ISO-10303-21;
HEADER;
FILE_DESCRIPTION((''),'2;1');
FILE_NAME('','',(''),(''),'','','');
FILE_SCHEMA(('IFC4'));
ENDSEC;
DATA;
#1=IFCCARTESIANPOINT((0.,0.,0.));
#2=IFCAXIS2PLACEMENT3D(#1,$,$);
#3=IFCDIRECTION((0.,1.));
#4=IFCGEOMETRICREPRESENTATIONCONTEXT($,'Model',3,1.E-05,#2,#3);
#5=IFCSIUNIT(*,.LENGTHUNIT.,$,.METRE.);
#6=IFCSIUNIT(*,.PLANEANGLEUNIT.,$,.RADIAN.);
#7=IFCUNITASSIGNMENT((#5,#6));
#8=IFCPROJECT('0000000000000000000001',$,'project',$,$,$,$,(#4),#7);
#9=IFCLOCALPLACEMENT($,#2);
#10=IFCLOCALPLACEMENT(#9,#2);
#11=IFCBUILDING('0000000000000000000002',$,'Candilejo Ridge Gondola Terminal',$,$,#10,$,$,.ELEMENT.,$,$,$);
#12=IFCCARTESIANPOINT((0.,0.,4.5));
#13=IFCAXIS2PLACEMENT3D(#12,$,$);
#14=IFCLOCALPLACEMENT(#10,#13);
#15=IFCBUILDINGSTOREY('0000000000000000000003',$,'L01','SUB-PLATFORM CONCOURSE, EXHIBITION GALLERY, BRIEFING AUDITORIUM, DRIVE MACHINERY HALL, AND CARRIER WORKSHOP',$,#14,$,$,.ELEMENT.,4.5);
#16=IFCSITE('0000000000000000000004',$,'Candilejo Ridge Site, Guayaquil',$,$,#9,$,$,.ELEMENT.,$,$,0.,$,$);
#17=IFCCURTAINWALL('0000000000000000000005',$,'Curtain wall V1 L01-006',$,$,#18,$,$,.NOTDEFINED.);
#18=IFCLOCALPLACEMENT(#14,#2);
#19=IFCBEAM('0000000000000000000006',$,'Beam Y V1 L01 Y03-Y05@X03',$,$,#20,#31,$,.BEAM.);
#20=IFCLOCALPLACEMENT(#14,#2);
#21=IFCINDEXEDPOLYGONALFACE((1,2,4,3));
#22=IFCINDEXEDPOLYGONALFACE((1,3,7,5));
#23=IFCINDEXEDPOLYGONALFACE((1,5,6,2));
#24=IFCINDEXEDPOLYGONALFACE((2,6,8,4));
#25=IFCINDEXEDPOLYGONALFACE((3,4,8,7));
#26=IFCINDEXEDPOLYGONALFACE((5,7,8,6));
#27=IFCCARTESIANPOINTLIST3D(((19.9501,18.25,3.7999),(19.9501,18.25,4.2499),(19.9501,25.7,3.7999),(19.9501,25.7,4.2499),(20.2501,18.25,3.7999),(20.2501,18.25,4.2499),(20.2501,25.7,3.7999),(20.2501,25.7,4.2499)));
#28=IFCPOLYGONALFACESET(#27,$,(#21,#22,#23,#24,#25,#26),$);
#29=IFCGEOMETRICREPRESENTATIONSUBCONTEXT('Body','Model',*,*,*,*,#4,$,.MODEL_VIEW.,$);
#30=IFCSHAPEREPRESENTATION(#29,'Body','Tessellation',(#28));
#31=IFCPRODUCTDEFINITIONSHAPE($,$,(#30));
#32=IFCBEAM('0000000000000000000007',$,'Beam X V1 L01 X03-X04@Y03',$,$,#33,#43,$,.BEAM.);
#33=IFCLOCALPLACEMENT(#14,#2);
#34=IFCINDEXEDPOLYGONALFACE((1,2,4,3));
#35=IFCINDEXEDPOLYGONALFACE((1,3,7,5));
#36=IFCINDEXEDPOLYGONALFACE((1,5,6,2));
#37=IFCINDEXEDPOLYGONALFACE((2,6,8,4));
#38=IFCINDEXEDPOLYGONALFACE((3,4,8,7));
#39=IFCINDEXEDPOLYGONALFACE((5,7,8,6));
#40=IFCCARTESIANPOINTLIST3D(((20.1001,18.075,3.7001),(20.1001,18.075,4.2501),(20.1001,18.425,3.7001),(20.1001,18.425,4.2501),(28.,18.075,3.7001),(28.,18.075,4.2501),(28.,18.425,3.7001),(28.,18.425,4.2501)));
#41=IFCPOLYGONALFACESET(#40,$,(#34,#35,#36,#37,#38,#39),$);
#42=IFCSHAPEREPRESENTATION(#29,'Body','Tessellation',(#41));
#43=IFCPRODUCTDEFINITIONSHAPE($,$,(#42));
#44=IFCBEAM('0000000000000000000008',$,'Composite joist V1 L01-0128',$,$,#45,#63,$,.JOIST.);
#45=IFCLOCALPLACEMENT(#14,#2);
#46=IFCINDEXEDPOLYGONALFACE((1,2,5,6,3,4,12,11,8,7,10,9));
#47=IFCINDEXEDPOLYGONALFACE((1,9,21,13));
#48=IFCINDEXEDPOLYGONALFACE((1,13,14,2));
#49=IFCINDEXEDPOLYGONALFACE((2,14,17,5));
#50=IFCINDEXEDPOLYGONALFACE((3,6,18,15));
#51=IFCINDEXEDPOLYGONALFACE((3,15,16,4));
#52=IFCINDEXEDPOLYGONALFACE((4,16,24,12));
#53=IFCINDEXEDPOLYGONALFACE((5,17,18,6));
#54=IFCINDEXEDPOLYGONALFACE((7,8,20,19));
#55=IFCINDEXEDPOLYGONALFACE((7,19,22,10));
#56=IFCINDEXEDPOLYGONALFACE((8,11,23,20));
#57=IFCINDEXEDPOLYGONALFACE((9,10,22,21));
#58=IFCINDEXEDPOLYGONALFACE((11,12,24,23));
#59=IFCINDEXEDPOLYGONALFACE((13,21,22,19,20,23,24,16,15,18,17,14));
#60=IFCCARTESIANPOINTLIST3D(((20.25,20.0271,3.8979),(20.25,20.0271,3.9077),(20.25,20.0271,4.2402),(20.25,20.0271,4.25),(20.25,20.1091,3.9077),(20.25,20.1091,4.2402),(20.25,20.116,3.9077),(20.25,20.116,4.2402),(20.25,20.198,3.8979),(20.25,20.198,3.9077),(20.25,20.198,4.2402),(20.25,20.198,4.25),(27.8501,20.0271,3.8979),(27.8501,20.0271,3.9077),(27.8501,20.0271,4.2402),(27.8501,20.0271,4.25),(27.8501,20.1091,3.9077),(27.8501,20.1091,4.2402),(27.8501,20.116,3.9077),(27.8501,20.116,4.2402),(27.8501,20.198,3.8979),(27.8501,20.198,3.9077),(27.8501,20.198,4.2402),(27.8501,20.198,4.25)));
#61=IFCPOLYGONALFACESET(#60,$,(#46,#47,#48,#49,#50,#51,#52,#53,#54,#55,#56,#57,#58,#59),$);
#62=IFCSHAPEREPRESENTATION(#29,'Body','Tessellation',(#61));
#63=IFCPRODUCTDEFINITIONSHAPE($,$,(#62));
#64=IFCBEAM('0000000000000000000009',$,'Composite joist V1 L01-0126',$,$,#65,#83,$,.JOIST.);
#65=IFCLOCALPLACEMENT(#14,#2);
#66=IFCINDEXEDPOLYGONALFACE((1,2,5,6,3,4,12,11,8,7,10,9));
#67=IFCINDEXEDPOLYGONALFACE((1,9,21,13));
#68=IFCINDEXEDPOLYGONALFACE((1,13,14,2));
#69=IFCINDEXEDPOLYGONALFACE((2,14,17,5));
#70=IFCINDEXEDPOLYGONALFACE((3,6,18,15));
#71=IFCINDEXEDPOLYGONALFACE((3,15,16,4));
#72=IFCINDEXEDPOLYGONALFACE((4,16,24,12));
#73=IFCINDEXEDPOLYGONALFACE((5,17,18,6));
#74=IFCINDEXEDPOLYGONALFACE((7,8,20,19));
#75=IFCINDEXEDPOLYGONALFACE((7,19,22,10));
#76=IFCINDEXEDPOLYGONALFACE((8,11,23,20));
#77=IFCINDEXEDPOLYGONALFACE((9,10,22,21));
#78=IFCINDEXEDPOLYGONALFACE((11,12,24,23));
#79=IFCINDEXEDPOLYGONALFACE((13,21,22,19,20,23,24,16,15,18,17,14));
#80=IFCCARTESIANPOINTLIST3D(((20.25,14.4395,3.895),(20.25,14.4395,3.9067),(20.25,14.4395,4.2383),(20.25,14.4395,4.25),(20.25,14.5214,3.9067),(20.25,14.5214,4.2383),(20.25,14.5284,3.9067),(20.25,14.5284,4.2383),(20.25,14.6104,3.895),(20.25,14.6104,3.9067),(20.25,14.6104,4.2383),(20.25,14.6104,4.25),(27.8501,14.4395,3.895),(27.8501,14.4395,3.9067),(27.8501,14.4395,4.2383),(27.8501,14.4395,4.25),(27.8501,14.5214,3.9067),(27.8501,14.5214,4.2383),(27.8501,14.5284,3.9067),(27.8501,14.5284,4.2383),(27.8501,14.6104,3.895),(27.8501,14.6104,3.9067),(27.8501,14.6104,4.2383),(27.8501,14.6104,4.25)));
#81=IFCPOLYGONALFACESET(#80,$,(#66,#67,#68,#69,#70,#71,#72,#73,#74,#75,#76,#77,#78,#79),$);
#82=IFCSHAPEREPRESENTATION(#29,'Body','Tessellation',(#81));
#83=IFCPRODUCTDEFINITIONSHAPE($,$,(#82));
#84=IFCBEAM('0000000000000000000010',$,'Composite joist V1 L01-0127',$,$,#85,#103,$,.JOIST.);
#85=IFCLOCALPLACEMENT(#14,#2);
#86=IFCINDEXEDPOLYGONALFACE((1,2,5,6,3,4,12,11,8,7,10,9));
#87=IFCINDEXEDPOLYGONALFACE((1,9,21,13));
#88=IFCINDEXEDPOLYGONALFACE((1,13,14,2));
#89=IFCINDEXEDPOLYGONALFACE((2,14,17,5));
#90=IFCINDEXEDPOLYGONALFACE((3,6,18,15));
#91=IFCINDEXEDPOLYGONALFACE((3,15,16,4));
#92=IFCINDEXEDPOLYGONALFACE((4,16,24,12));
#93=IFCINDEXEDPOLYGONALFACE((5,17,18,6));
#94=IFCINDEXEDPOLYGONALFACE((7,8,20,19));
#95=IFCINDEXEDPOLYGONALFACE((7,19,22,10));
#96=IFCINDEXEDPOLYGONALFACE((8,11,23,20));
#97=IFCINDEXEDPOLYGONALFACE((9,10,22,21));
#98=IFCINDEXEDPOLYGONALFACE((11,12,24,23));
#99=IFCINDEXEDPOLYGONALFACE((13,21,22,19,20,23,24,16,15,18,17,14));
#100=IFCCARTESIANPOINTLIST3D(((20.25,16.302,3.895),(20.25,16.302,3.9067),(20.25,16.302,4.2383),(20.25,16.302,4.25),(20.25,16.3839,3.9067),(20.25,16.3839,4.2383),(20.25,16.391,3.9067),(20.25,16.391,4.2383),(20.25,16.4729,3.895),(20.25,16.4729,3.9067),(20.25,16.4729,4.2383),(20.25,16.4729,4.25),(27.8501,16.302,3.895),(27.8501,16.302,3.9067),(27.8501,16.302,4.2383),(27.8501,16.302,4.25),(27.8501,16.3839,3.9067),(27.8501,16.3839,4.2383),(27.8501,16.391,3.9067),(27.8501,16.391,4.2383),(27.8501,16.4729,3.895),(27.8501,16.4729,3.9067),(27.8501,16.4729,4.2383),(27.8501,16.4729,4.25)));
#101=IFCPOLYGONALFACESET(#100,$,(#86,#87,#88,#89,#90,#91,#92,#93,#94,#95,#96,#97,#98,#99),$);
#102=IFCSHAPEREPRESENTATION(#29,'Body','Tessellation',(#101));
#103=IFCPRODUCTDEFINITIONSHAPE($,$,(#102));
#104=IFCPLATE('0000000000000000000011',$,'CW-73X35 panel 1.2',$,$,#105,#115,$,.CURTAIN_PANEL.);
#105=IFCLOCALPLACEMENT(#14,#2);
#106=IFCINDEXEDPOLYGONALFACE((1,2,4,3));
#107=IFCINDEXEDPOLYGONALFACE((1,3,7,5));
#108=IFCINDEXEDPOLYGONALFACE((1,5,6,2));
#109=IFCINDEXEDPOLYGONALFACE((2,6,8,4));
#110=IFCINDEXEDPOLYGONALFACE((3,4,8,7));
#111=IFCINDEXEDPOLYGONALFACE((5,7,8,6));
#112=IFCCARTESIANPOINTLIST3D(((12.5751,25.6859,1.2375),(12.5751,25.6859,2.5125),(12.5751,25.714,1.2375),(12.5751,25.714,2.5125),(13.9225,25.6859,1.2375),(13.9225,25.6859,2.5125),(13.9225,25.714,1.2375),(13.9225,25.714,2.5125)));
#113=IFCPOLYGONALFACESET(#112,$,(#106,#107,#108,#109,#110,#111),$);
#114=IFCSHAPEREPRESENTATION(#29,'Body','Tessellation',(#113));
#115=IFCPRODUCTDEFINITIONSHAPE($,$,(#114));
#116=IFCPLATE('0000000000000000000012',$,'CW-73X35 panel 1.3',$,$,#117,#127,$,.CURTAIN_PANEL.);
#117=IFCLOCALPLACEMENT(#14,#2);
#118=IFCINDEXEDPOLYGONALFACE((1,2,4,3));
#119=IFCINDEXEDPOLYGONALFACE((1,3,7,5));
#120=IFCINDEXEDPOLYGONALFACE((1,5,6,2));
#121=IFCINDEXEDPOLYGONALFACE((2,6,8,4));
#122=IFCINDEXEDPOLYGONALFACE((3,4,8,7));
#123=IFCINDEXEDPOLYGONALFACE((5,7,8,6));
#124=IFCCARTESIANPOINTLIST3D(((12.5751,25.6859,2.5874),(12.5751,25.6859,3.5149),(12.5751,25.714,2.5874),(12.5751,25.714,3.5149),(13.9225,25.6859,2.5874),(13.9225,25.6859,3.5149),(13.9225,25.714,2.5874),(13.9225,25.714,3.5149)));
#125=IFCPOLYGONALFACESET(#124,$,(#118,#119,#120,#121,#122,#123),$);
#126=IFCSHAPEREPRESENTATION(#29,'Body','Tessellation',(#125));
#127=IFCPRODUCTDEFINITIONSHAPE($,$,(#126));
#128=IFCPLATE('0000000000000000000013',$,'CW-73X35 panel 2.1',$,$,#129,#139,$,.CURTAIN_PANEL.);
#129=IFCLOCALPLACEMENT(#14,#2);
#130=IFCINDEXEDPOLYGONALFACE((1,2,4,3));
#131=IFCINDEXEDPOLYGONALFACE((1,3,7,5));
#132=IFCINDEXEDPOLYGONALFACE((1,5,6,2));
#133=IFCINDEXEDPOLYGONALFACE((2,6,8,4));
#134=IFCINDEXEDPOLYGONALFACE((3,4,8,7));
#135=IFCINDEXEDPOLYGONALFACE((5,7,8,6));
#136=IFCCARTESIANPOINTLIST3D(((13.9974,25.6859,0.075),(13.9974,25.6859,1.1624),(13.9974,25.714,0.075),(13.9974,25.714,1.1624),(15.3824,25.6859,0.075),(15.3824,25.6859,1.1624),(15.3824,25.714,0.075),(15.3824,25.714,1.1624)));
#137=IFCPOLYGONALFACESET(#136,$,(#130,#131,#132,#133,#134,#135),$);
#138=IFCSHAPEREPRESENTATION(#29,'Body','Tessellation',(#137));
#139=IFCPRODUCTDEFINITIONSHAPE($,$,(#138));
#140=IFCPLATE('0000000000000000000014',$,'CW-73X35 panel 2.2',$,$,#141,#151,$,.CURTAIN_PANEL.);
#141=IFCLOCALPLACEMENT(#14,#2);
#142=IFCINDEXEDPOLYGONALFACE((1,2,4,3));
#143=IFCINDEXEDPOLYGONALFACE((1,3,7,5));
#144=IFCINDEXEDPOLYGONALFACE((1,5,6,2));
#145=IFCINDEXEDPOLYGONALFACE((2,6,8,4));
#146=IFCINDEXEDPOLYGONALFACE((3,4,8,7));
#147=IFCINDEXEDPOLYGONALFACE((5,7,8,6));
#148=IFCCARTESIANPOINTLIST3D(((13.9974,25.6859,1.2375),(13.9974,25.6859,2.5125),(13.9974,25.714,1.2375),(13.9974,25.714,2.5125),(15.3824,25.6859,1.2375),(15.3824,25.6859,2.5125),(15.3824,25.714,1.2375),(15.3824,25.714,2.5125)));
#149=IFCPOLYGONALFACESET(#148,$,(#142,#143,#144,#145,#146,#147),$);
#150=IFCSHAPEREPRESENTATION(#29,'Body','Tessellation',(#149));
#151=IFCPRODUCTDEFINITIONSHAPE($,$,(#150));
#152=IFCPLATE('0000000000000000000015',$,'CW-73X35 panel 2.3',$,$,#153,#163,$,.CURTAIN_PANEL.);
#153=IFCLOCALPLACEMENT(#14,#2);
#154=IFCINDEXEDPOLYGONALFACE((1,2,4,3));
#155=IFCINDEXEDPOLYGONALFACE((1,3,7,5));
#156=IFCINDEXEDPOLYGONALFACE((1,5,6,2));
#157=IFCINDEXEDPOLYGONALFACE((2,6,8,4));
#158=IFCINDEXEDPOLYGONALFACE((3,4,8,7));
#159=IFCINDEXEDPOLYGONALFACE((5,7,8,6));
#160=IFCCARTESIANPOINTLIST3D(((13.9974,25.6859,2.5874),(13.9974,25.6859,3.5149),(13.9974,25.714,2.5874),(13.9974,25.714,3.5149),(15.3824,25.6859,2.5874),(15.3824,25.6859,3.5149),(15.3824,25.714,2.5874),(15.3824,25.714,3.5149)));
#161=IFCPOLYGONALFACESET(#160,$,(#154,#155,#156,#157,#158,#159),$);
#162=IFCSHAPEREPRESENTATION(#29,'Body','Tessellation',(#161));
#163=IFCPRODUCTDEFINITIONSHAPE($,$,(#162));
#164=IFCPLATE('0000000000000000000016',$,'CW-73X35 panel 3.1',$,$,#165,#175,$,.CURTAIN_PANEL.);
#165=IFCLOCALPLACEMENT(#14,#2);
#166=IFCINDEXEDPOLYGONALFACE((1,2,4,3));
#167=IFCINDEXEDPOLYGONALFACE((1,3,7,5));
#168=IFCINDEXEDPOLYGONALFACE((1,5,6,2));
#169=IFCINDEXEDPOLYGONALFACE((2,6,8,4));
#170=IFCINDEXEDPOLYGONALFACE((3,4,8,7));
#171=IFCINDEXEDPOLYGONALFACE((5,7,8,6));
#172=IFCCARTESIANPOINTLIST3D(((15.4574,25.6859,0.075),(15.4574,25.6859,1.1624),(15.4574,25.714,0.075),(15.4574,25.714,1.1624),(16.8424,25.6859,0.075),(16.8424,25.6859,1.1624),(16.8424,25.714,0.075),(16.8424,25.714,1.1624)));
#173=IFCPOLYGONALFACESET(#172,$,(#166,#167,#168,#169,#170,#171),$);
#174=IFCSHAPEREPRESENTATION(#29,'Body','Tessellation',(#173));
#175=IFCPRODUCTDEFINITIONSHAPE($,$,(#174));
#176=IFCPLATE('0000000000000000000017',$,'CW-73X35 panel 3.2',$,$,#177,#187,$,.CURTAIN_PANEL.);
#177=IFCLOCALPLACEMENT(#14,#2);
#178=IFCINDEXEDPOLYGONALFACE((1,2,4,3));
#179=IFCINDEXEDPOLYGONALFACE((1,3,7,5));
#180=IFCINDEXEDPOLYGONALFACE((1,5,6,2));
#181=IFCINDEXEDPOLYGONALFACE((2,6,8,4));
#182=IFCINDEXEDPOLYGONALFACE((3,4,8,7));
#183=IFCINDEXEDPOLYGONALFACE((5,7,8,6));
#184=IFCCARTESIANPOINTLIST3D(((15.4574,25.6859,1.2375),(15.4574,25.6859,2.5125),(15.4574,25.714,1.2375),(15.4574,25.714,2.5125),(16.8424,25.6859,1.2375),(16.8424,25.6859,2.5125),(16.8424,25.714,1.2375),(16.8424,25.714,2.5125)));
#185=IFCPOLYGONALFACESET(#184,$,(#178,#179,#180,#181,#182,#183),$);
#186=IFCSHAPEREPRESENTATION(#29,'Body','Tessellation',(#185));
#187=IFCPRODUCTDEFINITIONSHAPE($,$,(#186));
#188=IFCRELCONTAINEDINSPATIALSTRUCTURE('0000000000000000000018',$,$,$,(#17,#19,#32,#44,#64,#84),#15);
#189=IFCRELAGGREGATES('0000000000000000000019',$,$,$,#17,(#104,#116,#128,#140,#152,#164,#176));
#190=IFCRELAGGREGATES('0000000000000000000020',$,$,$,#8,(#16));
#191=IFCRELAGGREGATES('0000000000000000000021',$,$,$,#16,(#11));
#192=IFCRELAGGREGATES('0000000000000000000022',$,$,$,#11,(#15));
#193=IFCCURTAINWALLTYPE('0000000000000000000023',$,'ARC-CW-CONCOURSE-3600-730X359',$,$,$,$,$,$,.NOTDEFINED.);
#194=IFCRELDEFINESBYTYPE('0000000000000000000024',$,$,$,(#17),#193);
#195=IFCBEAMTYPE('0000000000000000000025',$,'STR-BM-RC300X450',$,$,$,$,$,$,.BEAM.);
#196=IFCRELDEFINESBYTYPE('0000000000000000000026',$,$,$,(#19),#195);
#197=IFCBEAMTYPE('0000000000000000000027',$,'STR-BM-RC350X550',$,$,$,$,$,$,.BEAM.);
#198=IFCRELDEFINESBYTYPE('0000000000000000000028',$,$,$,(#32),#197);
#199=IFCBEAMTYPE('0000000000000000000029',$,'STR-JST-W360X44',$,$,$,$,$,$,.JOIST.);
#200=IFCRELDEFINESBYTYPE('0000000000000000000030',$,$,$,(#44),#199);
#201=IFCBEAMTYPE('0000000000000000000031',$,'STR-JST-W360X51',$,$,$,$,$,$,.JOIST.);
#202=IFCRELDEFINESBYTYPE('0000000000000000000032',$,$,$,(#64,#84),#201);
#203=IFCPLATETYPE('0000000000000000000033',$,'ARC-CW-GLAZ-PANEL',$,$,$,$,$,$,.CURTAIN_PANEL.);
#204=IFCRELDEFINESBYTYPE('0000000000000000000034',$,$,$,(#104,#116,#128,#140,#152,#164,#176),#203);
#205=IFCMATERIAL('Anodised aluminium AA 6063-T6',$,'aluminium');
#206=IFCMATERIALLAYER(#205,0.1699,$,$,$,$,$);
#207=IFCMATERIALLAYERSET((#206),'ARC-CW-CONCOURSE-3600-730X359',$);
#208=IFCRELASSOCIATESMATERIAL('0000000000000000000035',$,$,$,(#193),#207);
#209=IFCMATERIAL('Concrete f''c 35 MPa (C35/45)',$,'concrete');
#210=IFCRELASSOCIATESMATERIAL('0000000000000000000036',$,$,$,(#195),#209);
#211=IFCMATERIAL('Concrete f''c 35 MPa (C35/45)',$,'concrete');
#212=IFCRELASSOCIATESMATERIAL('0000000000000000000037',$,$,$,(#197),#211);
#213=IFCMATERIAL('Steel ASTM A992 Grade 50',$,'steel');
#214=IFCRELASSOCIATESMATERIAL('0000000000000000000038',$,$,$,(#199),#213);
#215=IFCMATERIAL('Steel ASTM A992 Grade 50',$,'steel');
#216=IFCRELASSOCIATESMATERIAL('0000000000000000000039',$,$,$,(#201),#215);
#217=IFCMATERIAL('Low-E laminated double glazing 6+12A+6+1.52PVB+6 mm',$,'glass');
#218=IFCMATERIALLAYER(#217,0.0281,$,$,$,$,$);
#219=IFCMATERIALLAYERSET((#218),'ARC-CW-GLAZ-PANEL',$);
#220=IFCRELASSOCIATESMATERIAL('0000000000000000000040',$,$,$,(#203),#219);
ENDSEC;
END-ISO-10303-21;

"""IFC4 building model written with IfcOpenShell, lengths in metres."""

from ifc_helpers import new_model, si_unit, direction, frame, origin, origin_2d, place, context, subcontext, project, spatial, rectangle, i_section, extrude, material, layer, layer_set, material_profile, profile_set, type_object, element, aggregate, save


model = new_model("IFC4")

# Units and contexts
model_context = context("Model", 3, precision=1e-05, world=origin(), true_north=direction((0.0, 1.0)))
body_context = subcontext(model_context, "Body", "Model", "MODEL_VIEW")
ifc_project = project(units=[si_unit("LENGTHUNIT", "METRE"), si_unit("PLANEANGLEUNIT", "RADIAN")], contexts=[model_context])

# Site, building, storey
site_placement = place(None, origin())
site = spatial("IfcSite", under=ifc_project, at=site_placement, Name="Candilejo Ridge Site, Guayaquil", CompositionType="ELEMENT", RefElevation=0.0)
building_placement = place(site_placement, origin())
building = spatial("IfcBuilding", under=site, at=building_placement, Name="Candilejo Ridge Gondola Terminal", CompositionType="ELEMENT")
storey_placement = place(building_placement, frame((0.0, 0.0, 4.5)))
storey = spatial("IfcBuildingStorey", under=building, at=storey_placement, Name="L01", Description="SUB-PLATFORM CONCOURSE, EXHIBITION GALLERY, BRIEFING AUDITORIUM, DRIVE MACHINERY HALL, AND CARRIER WORKSHOP", CompositionType="ELEMENT", Elevation=4.5)

# Curtain wall
ifc_material_1 = material(Name="Anodised aluminium AA 6063-T6", Category="aluminium")
ifc_layer_1 = layer(ifc_material_1, 0.1699)
ifc_layer_set_1 = layer_set([ifc_layer_1], Name="ARC-CW-CONCOURSE-3600-730X359")
curtain_wall_type = type_object("IfcCurtainWallType", Name="ARC-CW-CONCOURSE-3600-730X359", PredefinedType="NOTDEFINED", material=ifc_layer_set_1)
curtain_wall_placement = place(storey_placement, origin())
curtain_wall = element("IfcCurtainWall", 1, at=curtain_wall_placement, inside=storey, type_object=curtain_wall_type, Name="Curtain wall V1 L01-006", PredefinedType="NOTDEFINED")

# Beams
ifc_material_2 = material(Name="Concrete f'c 35 MPa (C35/45)", Category="concrete")
ifc_material_profile_1 = material_profile(ifc_material_2, rectangle(XDim=0.3, YDim=0.45, at=origin_2d()))
ifc_profile_set_1 = profile_set([ifc_material_profile_1], Name="Concrete f'c 35 MPa (C35/45)")
beam_type_1 = type_object("IfcBeamType", Name="STR-BM-RC300X450", PredefinedType="BEAM", material=ifc_profile_set_1)
beam_1_placement = place(storey_placement, frame((20.1001, 18.25, 4.0249), z_axis=(0.0, 1.0, 0.0), x_axis=(-1.0, 0.0, 0.0)))
element("IfcBeam", 2, at=beam_1_placement, inside=storey, type_object=beam_type_1, Name="Beam Y V1 L01 Y03-Y05@X03", PredefinedType="BEAM", context=body_context, shape_type="SweptSolid", body=[
    extrude(rectangle(XDim=0.3, YDim=0.45, at=origin_2d()), origin(), (0.0, 0.0, 1.0), 7.45),
])
ifc_material_3 = material(Name="Concrete f'c 35 MPa (C35/45)", Category="concrete")
ifc_material_profile_2 = material_profile(ifc_material_3, rectangle(XDim=0.3501, YDim=0.55, at=origin_2d()))
ifc_profile_set_2 = profile_set([ifc_material_profile_2], Name="Concrete f'c 35 MPa (C35/45)")
beam_type_2 = type_object("IfcBeamType", Name="STR-BM-RC350X550", PredefinedType="BEAM", material=ifc_profile_set_2)
beam_2_placement = place(storey_placement, frame((20.1001, 18.25, 3.9751), z_axis=(1.0, 0.0, 0.0), x_axis=(0.0, 1.0, 0.0)))
element("IfcBeam", 3, at=beam_2_placement, inside=storey, type_object=beam_type_2, Name="Beam X V1 L01 X03-X04@Y03", PredefinedType="BEAM", context=body_context, shape_type="SweptSolid", body=[
    extrude(rectangle(XDim=0.3501, YDim=0.55, at=origin_2d()), origin(), (0.0, 0.0, 1.0), 7.8999),
])
ifc_material_4 = material(Name="Steel ASTM A992 Grade 50", Category="steel")
ifc_material_profile_3 = material_profile(ifc_material_4, i_section(OverallWidth=0.1709, OverallDepth=0.3521, WebThickness=0.0068, FlangeThickness=0.0098, at=origin_2d()))
ifc_profile_set_3 = profile_set([ifc_material_profile_3], Name="Steel ASTM A992 Grade 50")
beam_type_3 = type_object("IfcBeamType", Name="STR-JST-W360X44", PredefinedType="JOIST", material=ifc_profile_set_3)
beam_3_placement = place(storey_placement, frame((20.25, 20.1125, 4.074), z_axis=(1.0, 0.0, 0.0), x_axis=(0.0, 1.0, 0.0)))
element("IfcBeam", 4, at=beam_3_placement, inside=storey, type_object=beam_type_3, Name="Composite joist V1 L01-0128", PredefinedType="JOIST", context=body_context, shape_type="SweptSolid", body=[
    extrude(i_section(OverallWidth=0.1709, OverallDepth=0.3521, WebThickness=0.0068, FlangeThickness=0.0098, at=origin_2d()), origin(), (0.0, 0.0, 1.0), 7.6001),
])
ifc_material_5 = material(Name="Steel ASTM A992 Grade 50", Category="steel")
ifc_material_profile_4 = material_profile(ifc_material_5, i_section(OverallWidth=0.1709, OverallDepth=0.355, WebThickness=0.0071, FlangeThickness=0.0117, at=origin_2d()))
ifc_profile_set_4 = profile_set([ifc_material_profile_4], Name="Steel ASTM A992 Grade 50")
beam_type_4 = type_object("IfcBeamType", Name="STR-JST-W360X51", PredefinedType="JOIST", material=ifc_profile_set_4)
for number, where, z_axis, x_axis, name in (
    (5, (20.25, 14.5249, 4.0725), (1.0, 0.0, 0.0), (0.0, 1.0, 0.0), "Composite joist V1 L01-0126"),
    (6, (20.25, 16.3875, 4.0725), (1.0, 0.0, 0.0), (0.0, 1.0, 0.0), "Composite joist V1 L01-0127"),
):
    element("IfcBeam", number, at=place(storey_placement, frame(where, z_axis=z_axis, x_axis=x_axis)), inside=storey, type_object=beam_type_4, Name=name, PredefinedType="JOIST", context=body_context, shape_type="SweptSolid", body=[
        extrude(i_section(OverallWidth=0.1709, OverallDepth=0.355, WebThickness=0.0071, FlangeThickness=0.0117, at=origin_2d()), origin(), (0.0, 0.0, 1.0), 7.6001),
    ])

# Plates
ifc_material_6 = material(Name="Low-E laminated double glazing 6+12A+6+1.52PVB+6 mm", Category="glass")
ifc_layer_2 = layer(ifc_material_6, 0.0281)
ifc_layer_set_2 = layer_set([ifc_layer_2], Name="ARC-CW-GLAZ-PANEL")
plate_type = type_object("IfcPlateType", Name="ARC-CW-GLAZ-PANEL", PredefinedType="CURTAIN_PANEL", material=ifc_layer_set_2)
plate_1_placement = place(storey_placement, frame((13.2488, 25.7, 1.2375), z_axis=(0.0, 0.0, 1.0), x_axis=(1.0, 0.0, 0.0)))
plate_1 = element("IfcPlate", 7, at=plate_1_placement, type_object=plate_type, Name="CW-73X35 panel 1.2", PredefinedType="CURTAIN_PANEL", context=body_context, shape_type="SweptSolid", body=[
    extrude(rectangle(XDim=1.3474, YDim=0.0281, at=origin_2d()), origin(), (0.0, 0.0, 1.0), 1.2749),
])
plate_2_placement = place(storey_placement, frame((13.2488, 25.7, 2.5874), z_axis=(0.0, 0.0, 1.0), x_axis=(1.0, 0.0, 0.0)))
plate_2 = element("IfcPlate", 8, at=plate_2_placement, type_object=plate_type, Name="CW-73X35 panel 1.3", PredefinedType="CURTAIN_PANEL", context=body_context, shape_type="SweptSolid", body=[
    extrude(rectangle(XDim=1.3474, YDim=0.0281, at=origin_2d()), origin(), (0.0, 0.0, 1.0), 0.9275),
])
plate_3_placement = place(storey_placement, frame((14.6899, 25.7, 0.075), z_axis=(0.0, 0.0, 1.0), x_axis=(1.0, 0.0, 0.0)))
plate_3 = element("IfcPlate", 9, at=plate_3_placement, type_object=plate_type, Name="CW-73X35 panel 2.1", PredefinedType="CURTAIN_PANEL", context=body_context, shape_type="SweptSolid", body=[
    extrude(rectangle(XDim=1.385, YDim=0.0281, at=origin_2d()), origin(), (0.0, 0.0, 1.0), 1.0874),
])
plate_4_placement = place(storey_placement, frame((14.6899, 25.7, 1.2375), z_axis=(0.0, 0.0, 1.0), x_axis=(1.0, 0.0, 0.0)))
plate_4 = element("IfcPlate", 10, at=plate_4_placement, type_object=plate_type, Name="CW-73X35 panel 2.2", PredefinedType="CURTAIN_PANEL", context=body_context, shape_type="SweptSolid", body=[
    extrude(rectangle(XDim=1.385, YDim=0.0281, at=origin_2d()), origin(), (0.0, 0.0, 1.0), 1.2749),
])
plate_5_placement = place(storey_placement, frame((14.6899, 25.7, 2.5874), z_axis=(0.0, 0.0, 1.0), x_axis=(1.0, 0.0, 0.0)))
plate_5 = element("IfcPlate", 11, at=plate_5_placement, type_object=plate_type, Name="CW-73X35 panel 2.3", PredefinedType="CURTAIN_PANEL", context=body_context, shape_type="SweptSolid", body=[
    extrude(rectangle(XDim=1.385, YDim=0.0281, at=origin_2d()), origin(), (0.0, 0.0, 1.0), 0.9275),
])
plate_6_placement = place(storey_placement, frame((16.1499, 25.7, 0.075), z_axis=(0.0, 0.0, 1.0), x_axis=(1.0, 0.0, 0.0)))
plate_6 = element("IfcPlate", 12, at=plate_6_placement, type_object=plate_type, Name="CW-73X35 panel 3.1", PredefinedType="CURTAIN_PANEL", context=body_context, shape_type="SweptSolid", body=[
    extrude(rectangle(XDim=1.385, YDim=0.0281, at=origin_2d()), origin(), (0.0, 0.0, 1.0), 1.0874),
])
plate_7_placement = place(storey_placement, frame((16.1499, 25.7, 1.2375), z_axis=(0.0, 0.0, 1.0), x_axis=(1.0, 0.0, 0.0)))
plate_7 = element("IfcPlate", 13, at=plate_7_placement, type_object=plate_type, Name="CW-73X35 panel 3.2", PredefinedType="CURTAIN_PANEL", context=body_context, shape_type="SweptSolid", body=[
    extrude(rectangle(XDim=1.385, YDim=0.0281, at=origin_2d()), origin(), (0.0, 0.0, 1.0), 1.2749),
])
aggregate(curtain_wall, [plate_1, plate_2, plate_3, plate_4, plate_5, plate_6, plate_7])

save(model, "model.ifc")
